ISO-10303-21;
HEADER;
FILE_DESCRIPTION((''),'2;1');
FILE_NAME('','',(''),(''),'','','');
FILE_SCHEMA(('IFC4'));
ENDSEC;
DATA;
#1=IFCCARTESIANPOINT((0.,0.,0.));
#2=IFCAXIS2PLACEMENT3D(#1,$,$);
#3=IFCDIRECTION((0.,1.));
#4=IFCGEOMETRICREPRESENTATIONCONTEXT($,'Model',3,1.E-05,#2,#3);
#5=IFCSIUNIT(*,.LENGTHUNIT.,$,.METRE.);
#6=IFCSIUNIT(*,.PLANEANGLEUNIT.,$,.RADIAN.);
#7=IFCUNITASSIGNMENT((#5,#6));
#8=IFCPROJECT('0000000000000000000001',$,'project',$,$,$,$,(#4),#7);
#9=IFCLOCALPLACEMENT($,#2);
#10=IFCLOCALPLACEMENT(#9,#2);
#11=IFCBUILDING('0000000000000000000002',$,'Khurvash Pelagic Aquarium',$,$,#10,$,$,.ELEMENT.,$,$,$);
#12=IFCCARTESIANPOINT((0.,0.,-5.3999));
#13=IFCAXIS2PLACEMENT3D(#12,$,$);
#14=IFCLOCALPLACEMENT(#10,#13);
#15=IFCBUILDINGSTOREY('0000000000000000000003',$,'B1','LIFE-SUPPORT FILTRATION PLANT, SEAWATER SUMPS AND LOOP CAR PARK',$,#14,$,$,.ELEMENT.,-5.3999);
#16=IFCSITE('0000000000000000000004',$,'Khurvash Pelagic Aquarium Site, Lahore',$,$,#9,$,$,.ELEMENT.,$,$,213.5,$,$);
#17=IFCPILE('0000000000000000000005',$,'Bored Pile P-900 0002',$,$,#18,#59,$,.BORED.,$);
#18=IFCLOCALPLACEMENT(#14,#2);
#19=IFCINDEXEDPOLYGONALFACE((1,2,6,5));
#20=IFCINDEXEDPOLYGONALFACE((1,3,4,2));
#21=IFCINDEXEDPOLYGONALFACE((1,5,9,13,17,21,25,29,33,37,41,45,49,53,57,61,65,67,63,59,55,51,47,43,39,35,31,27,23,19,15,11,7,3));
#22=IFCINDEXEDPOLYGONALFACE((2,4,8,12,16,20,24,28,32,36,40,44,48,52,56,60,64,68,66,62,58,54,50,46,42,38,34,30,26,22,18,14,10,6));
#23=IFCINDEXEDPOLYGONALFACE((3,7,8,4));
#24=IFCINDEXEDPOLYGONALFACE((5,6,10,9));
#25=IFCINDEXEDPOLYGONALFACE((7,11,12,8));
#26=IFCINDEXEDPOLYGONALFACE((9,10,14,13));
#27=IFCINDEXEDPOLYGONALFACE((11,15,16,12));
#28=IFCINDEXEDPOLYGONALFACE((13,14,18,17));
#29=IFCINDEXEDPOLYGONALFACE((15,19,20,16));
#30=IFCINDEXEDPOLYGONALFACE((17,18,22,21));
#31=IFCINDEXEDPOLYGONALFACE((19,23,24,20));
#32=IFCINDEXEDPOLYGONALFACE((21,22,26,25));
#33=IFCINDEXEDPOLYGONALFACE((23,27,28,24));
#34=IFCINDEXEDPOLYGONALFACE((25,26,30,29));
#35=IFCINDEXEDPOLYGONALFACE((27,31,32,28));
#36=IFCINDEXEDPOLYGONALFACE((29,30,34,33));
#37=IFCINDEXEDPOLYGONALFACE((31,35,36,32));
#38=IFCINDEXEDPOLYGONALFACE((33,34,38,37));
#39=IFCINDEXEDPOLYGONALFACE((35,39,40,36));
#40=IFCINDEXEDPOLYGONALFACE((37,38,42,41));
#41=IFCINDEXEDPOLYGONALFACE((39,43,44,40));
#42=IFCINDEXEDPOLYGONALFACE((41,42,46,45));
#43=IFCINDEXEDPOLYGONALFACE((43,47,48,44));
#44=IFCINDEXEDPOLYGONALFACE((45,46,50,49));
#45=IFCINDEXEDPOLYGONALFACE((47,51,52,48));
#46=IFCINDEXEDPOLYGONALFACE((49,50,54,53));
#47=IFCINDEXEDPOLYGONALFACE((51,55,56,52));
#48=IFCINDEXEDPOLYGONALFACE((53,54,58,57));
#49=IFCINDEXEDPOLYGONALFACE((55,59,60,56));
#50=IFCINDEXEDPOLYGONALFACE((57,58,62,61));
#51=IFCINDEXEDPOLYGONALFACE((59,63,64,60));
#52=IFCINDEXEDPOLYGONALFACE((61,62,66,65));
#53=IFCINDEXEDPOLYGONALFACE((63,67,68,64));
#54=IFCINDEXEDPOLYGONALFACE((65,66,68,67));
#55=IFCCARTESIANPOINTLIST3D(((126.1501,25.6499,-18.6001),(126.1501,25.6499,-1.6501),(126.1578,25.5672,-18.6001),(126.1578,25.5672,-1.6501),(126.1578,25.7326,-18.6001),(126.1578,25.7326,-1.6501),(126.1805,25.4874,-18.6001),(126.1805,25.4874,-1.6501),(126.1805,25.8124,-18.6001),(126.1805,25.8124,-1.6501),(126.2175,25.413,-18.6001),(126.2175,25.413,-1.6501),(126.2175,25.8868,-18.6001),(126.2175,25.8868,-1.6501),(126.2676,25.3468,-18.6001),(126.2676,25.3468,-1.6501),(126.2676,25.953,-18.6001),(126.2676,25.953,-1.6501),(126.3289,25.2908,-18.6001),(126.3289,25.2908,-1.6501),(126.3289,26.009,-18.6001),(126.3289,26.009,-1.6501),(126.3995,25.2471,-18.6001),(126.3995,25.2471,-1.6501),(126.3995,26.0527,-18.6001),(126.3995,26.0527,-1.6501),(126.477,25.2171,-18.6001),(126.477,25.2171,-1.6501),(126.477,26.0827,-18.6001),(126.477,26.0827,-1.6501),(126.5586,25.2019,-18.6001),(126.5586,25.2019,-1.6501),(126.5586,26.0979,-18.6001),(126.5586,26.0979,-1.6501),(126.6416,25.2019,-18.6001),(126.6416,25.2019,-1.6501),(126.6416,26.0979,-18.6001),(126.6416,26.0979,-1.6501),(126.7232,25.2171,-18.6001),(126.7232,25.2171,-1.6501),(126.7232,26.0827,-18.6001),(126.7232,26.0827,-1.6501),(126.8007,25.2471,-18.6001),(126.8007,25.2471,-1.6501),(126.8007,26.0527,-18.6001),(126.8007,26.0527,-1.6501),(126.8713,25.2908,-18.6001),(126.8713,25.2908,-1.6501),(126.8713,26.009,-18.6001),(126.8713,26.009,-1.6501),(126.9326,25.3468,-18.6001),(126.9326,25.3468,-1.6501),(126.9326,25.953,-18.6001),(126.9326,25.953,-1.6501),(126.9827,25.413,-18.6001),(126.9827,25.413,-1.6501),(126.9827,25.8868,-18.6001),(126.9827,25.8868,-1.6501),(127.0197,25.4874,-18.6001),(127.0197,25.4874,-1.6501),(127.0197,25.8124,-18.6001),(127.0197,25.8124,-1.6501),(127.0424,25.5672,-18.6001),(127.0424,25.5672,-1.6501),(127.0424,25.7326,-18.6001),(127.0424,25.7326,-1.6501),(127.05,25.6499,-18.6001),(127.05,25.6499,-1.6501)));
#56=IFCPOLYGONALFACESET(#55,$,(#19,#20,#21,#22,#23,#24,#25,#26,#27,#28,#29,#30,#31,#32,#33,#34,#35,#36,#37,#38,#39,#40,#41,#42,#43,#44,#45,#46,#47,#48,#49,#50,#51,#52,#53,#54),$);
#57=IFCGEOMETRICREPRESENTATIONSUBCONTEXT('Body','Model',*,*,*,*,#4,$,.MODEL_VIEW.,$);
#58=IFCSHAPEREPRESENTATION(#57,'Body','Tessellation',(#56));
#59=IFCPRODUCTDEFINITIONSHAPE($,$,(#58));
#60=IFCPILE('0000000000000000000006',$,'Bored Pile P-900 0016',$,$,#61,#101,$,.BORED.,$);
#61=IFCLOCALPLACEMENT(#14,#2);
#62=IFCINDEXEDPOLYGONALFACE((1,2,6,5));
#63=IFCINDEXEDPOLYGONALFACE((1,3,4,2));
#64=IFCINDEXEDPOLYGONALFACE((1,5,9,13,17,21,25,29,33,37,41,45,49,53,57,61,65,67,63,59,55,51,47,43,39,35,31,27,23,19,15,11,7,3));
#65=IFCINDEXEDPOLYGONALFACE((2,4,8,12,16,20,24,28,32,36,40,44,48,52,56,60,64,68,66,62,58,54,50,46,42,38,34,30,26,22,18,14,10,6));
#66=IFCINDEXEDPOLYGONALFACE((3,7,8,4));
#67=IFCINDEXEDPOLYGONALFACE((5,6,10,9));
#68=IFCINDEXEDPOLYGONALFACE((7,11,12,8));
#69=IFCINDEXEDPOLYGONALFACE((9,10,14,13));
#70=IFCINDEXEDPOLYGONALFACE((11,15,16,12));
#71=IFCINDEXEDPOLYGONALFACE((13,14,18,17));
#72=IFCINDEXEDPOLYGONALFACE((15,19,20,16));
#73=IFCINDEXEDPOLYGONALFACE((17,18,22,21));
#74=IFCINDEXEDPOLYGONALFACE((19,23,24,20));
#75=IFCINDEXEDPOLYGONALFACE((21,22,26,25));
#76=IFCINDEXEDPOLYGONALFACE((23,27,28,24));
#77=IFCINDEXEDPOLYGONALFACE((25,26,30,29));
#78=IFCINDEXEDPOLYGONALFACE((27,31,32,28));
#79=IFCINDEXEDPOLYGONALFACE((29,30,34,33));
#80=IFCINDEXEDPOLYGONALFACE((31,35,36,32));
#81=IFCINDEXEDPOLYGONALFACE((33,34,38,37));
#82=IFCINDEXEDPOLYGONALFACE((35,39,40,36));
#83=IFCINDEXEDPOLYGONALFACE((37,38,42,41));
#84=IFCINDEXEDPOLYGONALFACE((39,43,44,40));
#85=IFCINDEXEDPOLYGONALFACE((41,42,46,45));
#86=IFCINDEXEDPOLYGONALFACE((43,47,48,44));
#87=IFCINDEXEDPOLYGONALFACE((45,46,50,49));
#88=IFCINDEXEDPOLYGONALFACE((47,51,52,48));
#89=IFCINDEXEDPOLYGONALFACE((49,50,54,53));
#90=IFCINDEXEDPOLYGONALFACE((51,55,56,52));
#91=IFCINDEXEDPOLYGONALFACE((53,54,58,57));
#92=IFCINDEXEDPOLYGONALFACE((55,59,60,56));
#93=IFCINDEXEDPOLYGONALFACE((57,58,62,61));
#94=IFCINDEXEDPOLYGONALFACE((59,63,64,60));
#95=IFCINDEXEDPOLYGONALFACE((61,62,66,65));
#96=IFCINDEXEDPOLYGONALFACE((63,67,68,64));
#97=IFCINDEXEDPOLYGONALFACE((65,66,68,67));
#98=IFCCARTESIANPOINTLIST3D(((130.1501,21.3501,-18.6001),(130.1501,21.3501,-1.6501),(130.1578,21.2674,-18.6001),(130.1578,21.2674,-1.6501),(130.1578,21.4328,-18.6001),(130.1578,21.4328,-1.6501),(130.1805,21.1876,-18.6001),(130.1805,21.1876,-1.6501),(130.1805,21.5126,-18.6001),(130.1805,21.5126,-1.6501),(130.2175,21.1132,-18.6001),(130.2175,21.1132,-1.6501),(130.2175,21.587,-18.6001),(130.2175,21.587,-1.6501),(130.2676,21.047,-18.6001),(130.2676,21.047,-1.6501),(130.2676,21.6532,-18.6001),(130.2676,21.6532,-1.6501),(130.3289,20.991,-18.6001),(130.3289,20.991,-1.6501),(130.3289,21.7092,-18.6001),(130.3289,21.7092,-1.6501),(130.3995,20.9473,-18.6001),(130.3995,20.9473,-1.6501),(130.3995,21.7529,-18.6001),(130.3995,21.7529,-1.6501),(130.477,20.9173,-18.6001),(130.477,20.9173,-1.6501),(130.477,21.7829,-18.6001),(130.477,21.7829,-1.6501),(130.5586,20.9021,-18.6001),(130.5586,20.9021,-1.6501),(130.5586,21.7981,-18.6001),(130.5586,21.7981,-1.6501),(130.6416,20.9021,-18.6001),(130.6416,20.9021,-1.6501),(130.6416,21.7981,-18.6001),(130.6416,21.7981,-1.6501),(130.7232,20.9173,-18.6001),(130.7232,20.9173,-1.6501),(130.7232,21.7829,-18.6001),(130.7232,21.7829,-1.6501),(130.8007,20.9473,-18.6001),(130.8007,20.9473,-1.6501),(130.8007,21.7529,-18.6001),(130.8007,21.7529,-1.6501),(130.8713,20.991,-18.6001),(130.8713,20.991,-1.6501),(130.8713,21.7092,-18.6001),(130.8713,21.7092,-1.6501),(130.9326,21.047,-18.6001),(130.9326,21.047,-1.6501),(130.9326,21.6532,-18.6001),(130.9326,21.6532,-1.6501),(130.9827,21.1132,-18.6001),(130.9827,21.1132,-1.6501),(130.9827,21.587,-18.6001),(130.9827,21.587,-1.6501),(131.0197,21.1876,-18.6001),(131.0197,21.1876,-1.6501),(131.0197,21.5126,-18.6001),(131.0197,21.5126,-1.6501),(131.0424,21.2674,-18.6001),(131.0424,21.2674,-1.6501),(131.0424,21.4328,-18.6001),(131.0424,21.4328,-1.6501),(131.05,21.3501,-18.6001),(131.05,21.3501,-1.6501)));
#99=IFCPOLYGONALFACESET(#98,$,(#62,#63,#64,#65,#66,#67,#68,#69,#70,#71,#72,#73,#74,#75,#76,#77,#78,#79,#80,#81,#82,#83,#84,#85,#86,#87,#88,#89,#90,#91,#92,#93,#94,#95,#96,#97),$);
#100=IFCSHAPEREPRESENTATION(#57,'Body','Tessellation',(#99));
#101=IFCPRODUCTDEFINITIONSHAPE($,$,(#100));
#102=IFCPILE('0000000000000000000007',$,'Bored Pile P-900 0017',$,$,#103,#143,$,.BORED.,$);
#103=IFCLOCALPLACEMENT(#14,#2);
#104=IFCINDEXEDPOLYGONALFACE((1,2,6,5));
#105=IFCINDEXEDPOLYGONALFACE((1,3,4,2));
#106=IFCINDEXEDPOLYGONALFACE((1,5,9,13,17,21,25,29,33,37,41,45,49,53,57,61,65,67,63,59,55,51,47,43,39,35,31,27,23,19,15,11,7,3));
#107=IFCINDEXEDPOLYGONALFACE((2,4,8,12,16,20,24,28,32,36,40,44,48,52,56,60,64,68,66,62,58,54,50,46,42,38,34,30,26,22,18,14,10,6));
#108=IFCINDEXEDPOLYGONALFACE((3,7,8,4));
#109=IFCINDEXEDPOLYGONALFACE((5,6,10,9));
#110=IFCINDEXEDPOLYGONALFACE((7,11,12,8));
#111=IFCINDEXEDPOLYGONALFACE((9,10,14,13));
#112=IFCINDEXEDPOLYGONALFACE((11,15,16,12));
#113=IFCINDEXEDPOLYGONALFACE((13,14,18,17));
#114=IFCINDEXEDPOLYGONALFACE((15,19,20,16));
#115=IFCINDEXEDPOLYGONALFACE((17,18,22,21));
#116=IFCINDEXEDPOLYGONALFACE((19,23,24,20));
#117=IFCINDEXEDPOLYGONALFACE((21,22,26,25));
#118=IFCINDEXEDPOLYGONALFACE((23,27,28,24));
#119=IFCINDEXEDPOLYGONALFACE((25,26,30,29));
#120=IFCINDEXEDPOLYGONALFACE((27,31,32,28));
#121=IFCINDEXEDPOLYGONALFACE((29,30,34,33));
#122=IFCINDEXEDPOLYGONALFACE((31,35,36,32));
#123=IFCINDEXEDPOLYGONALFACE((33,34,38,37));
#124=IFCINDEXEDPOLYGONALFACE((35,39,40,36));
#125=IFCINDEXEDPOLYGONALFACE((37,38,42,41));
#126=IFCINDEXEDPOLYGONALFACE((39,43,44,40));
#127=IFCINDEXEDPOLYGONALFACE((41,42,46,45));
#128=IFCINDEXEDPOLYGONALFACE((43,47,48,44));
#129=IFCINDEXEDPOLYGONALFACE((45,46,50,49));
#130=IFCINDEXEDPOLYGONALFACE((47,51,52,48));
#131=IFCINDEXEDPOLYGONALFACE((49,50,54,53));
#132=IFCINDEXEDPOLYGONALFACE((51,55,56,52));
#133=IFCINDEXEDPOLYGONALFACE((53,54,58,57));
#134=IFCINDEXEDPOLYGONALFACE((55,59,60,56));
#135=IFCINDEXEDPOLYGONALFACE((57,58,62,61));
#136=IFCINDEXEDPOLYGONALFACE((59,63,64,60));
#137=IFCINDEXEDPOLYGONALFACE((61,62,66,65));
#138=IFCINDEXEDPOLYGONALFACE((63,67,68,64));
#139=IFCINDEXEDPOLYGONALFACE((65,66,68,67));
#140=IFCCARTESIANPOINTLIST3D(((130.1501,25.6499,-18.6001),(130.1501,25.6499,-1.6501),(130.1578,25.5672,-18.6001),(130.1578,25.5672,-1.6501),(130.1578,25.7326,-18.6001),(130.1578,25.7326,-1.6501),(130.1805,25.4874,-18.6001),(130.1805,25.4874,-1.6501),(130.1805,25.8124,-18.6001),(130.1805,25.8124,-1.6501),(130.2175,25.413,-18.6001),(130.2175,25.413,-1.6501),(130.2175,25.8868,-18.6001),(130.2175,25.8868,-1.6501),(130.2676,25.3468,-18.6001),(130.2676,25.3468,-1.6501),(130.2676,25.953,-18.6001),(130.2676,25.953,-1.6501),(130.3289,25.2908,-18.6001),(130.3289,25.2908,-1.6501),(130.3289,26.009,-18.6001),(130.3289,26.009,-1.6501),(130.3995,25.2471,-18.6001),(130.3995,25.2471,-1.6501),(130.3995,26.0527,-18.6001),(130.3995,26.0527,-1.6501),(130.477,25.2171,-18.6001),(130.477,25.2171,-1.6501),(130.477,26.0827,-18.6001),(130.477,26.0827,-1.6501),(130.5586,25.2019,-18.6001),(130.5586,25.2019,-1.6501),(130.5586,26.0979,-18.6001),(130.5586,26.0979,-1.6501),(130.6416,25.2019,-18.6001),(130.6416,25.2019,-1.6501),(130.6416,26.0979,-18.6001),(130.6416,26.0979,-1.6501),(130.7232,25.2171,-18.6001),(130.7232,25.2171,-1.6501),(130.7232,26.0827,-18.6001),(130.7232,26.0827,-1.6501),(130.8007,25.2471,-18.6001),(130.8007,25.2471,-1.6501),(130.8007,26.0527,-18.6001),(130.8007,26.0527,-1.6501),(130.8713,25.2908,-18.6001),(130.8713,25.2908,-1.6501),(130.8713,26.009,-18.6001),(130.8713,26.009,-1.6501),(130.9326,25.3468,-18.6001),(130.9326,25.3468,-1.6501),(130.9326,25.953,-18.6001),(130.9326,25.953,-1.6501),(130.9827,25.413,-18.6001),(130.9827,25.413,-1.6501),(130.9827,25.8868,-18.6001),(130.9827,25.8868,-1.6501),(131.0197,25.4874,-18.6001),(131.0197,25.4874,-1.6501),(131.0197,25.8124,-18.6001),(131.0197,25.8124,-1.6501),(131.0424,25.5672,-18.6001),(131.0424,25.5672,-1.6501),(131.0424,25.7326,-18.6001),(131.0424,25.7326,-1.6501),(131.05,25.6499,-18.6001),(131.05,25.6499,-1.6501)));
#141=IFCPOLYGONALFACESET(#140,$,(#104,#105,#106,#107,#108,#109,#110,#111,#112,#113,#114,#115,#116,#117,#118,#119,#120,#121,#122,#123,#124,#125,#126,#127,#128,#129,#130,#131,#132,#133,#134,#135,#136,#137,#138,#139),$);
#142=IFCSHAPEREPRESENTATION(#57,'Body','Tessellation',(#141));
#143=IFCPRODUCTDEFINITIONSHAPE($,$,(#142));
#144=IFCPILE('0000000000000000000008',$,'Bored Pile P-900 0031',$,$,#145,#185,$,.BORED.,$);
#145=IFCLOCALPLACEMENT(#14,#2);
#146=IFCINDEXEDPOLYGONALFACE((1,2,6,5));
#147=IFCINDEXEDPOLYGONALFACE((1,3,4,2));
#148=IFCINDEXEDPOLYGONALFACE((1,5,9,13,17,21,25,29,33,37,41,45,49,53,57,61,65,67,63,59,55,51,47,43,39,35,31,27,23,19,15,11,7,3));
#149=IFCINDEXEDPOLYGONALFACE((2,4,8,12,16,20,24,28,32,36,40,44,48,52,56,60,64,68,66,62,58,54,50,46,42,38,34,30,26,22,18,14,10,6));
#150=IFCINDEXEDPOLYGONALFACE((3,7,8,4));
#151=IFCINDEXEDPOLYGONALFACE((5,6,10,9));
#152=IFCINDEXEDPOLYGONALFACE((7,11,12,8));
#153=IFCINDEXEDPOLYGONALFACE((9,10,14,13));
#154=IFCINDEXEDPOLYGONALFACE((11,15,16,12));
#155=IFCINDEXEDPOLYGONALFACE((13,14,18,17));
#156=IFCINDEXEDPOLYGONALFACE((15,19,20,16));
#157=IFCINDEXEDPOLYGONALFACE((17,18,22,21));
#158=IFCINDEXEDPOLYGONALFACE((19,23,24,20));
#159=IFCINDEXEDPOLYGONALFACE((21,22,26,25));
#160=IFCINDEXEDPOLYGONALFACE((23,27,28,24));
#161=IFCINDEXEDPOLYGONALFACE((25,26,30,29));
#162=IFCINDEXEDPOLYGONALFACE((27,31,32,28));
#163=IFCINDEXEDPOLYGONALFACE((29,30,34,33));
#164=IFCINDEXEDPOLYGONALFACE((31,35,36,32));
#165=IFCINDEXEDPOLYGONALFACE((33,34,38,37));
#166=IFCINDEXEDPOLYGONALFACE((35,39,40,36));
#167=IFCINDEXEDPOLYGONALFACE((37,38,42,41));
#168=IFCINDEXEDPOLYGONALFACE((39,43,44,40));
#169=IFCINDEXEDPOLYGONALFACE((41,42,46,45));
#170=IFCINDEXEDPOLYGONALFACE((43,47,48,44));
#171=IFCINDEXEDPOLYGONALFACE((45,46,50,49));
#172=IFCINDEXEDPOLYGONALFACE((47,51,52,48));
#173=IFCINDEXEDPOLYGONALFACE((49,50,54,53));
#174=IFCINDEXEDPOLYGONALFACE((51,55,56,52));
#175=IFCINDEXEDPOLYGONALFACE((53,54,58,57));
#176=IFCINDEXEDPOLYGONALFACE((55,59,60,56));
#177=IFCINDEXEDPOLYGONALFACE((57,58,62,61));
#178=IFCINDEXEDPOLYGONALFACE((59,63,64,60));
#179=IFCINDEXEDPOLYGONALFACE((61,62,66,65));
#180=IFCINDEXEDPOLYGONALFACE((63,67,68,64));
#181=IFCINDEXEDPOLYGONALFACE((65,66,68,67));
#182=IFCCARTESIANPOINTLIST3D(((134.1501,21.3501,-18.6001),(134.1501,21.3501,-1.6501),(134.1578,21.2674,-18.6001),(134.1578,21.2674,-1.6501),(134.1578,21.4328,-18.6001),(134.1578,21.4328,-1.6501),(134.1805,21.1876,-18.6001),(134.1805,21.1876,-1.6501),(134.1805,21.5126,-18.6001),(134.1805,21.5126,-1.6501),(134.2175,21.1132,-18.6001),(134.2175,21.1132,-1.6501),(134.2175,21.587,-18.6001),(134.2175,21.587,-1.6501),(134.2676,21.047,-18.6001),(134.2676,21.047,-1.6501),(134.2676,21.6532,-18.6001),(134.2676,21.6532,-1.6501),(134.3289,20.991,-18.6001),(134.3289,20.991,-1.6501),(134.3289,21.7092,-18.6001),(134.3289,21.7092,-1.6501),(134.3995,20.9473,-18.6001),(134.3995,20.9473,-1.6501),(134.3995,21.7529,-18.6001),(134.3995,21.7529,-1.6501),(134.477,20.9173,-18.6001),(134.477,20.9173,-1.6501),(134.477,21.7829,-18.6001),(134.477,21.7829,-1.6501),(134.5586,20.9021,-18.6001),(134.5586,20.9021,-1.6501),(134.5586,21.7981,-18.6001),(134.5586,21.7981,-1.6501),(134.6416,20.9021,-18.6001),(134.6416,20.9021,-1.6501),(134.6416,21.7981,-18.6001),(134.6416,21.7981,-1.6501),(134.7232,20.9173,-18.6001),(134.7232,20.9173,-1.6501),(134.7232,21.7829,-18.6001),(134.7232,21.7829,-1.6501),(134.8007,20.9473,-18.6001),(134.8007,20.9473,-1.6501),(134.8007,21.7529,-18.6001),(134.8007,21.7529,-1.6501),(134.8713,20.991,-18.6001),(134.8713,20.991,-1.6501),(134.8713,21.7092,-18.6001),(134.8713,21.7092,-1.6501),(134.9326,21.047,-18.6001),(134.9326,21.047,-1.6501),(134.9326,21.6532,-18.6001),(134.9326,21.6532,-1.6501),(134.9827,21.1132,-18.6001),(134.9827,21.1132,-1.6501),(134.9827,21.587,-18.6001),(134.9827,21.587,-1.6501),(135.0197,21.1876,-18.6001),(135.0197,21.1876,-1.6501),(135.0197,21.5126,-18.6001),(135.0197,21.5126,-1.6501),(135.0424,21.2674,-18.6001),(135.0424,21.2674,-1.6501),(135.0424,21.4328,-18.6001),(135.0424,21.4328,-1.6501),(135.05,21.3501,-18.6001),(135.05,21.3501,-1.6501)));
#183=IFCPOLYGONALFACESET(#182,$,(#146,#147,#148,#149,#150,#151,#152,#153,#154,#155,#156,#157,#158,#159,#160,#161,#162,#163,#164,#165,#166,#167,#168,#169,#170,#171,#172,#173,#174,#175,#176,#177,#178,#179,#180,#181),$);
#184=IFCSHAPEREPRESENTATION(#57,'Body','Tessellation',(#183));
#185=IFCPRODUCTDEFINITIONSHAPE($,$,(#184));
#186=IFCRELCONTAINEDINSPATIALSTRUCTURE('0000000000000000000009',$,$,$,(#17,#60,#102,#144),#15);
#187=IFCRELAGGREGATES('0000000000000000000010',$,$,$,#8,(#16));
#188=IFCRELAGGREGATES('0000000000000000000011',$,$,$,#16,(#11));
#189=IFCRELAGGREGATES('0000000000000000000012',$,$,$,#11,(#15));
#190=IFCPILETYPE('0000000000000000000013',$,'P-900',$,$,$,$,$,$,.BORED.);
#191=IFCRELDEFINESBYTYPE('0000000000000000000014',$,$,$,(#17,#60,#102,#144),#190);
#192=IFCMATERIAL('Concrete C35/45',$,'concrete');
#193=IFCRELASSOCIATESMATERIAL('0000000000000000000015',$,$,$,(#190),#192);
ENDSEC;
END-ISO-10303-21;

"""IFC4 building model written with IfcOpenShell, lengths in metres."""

from ifc_helpers import new_model, si_unit, direction, frame, origin, origin_2d, place, context, subcontext, project, spatial, circle, extrude, material, material_profile, profile_set, type_object, element, save


model = new_model("IFC4")

# Units and contexts
model_context = context("Model", 3, precision=1e-05, world=origin(), true_north=direction((0.0, 1.0)))
body_context = subcontext(model_context, "Body", "Model", "MODEL_VIEW")
ifc_project = project(units=[si_unit("LENGTHUNIT", "METRE"), si_unit("PLANEANGLEUNIT", "RADIAN")], contexts=[model_context])

# Site, building, storey
site_placement = place(None, origin())
site = spatial("IfcSite", under=ifc_project, at=site_placement, Name="Khurvash Pelagic Aquarium Site, Lahore", CompositionType="ELEMENT", RefElevation=213.5)
building_placement = place(site_placement, origin())
building = spatial("IfcBuilding", under=site, at=building_placement, Name="Khurvash Pelagic Aquarium", CompositionType="ELEMENT")
storey_placement = place(building_placement, frame((0.0, 0.0, -5.3999)))
storey = spatial("IfcBuildingStorey", under=building, at=storey_placement, Name="B1", Description="LIFE-SUPPORT FILTRATION PLANT, SEAWATER SUMPS AND LOOP CAR PARK", CompositionType="ELEMENT", Elevation=-5.3999)

# Shared definitions
ifc_material_1 = material(Name="Concrete C35/45", Category="concrete")

# Piles
ifc_material_profile_1 = material_profile(ifc_material_1, circle(Radius=0.45, at=origin_2d()), Name="PILE900")
ifc_profile_set_1 = profile_set([ifc_material_profile_1], Name="Concrete C35/45")
pile_type_1 = type_object("IfcPileType", Name="P-900", PredefinedType="BORED", material=ifc_profile_set_1)
for number, where, z_axis, x_axis, name in (
    (1, (126.6001, 25.6499, -1.6501), (0.0, 0.0, -1.0), (1.0, 0.0, 0.0), "Bored Pile P-900 0002"),
    (2, (130.6001, 21.3501, -1.6501), (0.0, 0.0, -1.0), (1.0, 0.0, 0.0), "Bored Pile P-900 0016"),
    (3, (130.6001, 25.6499, -1.6501), (0.0, 0.0, -1.0), (1.0, 0.0, 0.0), "Bored Pile P-900 0017"),
    (4, (134.6001, 21.3501, -1.6501), (0.0, 0.0, -1.0), (1.0, 0.0, 0.0), "Bored Pile P-900 0031"),
):
    element("IfcPile", number, at=place(storey_placement, frame(where, z_axis=z_axis, x_axis=x_axis)), inside=storey, type_object=pile_type_1, Name=name, PredefinedType="BORED", context=body_context, shape_type="SweptSolid", body=[
        extrude(circle(Radius=0.45, at=origin_2d()), origin(), (0.0, 0.0, 1.0), 16.95),
    ])

save(model, "model.ifc")
